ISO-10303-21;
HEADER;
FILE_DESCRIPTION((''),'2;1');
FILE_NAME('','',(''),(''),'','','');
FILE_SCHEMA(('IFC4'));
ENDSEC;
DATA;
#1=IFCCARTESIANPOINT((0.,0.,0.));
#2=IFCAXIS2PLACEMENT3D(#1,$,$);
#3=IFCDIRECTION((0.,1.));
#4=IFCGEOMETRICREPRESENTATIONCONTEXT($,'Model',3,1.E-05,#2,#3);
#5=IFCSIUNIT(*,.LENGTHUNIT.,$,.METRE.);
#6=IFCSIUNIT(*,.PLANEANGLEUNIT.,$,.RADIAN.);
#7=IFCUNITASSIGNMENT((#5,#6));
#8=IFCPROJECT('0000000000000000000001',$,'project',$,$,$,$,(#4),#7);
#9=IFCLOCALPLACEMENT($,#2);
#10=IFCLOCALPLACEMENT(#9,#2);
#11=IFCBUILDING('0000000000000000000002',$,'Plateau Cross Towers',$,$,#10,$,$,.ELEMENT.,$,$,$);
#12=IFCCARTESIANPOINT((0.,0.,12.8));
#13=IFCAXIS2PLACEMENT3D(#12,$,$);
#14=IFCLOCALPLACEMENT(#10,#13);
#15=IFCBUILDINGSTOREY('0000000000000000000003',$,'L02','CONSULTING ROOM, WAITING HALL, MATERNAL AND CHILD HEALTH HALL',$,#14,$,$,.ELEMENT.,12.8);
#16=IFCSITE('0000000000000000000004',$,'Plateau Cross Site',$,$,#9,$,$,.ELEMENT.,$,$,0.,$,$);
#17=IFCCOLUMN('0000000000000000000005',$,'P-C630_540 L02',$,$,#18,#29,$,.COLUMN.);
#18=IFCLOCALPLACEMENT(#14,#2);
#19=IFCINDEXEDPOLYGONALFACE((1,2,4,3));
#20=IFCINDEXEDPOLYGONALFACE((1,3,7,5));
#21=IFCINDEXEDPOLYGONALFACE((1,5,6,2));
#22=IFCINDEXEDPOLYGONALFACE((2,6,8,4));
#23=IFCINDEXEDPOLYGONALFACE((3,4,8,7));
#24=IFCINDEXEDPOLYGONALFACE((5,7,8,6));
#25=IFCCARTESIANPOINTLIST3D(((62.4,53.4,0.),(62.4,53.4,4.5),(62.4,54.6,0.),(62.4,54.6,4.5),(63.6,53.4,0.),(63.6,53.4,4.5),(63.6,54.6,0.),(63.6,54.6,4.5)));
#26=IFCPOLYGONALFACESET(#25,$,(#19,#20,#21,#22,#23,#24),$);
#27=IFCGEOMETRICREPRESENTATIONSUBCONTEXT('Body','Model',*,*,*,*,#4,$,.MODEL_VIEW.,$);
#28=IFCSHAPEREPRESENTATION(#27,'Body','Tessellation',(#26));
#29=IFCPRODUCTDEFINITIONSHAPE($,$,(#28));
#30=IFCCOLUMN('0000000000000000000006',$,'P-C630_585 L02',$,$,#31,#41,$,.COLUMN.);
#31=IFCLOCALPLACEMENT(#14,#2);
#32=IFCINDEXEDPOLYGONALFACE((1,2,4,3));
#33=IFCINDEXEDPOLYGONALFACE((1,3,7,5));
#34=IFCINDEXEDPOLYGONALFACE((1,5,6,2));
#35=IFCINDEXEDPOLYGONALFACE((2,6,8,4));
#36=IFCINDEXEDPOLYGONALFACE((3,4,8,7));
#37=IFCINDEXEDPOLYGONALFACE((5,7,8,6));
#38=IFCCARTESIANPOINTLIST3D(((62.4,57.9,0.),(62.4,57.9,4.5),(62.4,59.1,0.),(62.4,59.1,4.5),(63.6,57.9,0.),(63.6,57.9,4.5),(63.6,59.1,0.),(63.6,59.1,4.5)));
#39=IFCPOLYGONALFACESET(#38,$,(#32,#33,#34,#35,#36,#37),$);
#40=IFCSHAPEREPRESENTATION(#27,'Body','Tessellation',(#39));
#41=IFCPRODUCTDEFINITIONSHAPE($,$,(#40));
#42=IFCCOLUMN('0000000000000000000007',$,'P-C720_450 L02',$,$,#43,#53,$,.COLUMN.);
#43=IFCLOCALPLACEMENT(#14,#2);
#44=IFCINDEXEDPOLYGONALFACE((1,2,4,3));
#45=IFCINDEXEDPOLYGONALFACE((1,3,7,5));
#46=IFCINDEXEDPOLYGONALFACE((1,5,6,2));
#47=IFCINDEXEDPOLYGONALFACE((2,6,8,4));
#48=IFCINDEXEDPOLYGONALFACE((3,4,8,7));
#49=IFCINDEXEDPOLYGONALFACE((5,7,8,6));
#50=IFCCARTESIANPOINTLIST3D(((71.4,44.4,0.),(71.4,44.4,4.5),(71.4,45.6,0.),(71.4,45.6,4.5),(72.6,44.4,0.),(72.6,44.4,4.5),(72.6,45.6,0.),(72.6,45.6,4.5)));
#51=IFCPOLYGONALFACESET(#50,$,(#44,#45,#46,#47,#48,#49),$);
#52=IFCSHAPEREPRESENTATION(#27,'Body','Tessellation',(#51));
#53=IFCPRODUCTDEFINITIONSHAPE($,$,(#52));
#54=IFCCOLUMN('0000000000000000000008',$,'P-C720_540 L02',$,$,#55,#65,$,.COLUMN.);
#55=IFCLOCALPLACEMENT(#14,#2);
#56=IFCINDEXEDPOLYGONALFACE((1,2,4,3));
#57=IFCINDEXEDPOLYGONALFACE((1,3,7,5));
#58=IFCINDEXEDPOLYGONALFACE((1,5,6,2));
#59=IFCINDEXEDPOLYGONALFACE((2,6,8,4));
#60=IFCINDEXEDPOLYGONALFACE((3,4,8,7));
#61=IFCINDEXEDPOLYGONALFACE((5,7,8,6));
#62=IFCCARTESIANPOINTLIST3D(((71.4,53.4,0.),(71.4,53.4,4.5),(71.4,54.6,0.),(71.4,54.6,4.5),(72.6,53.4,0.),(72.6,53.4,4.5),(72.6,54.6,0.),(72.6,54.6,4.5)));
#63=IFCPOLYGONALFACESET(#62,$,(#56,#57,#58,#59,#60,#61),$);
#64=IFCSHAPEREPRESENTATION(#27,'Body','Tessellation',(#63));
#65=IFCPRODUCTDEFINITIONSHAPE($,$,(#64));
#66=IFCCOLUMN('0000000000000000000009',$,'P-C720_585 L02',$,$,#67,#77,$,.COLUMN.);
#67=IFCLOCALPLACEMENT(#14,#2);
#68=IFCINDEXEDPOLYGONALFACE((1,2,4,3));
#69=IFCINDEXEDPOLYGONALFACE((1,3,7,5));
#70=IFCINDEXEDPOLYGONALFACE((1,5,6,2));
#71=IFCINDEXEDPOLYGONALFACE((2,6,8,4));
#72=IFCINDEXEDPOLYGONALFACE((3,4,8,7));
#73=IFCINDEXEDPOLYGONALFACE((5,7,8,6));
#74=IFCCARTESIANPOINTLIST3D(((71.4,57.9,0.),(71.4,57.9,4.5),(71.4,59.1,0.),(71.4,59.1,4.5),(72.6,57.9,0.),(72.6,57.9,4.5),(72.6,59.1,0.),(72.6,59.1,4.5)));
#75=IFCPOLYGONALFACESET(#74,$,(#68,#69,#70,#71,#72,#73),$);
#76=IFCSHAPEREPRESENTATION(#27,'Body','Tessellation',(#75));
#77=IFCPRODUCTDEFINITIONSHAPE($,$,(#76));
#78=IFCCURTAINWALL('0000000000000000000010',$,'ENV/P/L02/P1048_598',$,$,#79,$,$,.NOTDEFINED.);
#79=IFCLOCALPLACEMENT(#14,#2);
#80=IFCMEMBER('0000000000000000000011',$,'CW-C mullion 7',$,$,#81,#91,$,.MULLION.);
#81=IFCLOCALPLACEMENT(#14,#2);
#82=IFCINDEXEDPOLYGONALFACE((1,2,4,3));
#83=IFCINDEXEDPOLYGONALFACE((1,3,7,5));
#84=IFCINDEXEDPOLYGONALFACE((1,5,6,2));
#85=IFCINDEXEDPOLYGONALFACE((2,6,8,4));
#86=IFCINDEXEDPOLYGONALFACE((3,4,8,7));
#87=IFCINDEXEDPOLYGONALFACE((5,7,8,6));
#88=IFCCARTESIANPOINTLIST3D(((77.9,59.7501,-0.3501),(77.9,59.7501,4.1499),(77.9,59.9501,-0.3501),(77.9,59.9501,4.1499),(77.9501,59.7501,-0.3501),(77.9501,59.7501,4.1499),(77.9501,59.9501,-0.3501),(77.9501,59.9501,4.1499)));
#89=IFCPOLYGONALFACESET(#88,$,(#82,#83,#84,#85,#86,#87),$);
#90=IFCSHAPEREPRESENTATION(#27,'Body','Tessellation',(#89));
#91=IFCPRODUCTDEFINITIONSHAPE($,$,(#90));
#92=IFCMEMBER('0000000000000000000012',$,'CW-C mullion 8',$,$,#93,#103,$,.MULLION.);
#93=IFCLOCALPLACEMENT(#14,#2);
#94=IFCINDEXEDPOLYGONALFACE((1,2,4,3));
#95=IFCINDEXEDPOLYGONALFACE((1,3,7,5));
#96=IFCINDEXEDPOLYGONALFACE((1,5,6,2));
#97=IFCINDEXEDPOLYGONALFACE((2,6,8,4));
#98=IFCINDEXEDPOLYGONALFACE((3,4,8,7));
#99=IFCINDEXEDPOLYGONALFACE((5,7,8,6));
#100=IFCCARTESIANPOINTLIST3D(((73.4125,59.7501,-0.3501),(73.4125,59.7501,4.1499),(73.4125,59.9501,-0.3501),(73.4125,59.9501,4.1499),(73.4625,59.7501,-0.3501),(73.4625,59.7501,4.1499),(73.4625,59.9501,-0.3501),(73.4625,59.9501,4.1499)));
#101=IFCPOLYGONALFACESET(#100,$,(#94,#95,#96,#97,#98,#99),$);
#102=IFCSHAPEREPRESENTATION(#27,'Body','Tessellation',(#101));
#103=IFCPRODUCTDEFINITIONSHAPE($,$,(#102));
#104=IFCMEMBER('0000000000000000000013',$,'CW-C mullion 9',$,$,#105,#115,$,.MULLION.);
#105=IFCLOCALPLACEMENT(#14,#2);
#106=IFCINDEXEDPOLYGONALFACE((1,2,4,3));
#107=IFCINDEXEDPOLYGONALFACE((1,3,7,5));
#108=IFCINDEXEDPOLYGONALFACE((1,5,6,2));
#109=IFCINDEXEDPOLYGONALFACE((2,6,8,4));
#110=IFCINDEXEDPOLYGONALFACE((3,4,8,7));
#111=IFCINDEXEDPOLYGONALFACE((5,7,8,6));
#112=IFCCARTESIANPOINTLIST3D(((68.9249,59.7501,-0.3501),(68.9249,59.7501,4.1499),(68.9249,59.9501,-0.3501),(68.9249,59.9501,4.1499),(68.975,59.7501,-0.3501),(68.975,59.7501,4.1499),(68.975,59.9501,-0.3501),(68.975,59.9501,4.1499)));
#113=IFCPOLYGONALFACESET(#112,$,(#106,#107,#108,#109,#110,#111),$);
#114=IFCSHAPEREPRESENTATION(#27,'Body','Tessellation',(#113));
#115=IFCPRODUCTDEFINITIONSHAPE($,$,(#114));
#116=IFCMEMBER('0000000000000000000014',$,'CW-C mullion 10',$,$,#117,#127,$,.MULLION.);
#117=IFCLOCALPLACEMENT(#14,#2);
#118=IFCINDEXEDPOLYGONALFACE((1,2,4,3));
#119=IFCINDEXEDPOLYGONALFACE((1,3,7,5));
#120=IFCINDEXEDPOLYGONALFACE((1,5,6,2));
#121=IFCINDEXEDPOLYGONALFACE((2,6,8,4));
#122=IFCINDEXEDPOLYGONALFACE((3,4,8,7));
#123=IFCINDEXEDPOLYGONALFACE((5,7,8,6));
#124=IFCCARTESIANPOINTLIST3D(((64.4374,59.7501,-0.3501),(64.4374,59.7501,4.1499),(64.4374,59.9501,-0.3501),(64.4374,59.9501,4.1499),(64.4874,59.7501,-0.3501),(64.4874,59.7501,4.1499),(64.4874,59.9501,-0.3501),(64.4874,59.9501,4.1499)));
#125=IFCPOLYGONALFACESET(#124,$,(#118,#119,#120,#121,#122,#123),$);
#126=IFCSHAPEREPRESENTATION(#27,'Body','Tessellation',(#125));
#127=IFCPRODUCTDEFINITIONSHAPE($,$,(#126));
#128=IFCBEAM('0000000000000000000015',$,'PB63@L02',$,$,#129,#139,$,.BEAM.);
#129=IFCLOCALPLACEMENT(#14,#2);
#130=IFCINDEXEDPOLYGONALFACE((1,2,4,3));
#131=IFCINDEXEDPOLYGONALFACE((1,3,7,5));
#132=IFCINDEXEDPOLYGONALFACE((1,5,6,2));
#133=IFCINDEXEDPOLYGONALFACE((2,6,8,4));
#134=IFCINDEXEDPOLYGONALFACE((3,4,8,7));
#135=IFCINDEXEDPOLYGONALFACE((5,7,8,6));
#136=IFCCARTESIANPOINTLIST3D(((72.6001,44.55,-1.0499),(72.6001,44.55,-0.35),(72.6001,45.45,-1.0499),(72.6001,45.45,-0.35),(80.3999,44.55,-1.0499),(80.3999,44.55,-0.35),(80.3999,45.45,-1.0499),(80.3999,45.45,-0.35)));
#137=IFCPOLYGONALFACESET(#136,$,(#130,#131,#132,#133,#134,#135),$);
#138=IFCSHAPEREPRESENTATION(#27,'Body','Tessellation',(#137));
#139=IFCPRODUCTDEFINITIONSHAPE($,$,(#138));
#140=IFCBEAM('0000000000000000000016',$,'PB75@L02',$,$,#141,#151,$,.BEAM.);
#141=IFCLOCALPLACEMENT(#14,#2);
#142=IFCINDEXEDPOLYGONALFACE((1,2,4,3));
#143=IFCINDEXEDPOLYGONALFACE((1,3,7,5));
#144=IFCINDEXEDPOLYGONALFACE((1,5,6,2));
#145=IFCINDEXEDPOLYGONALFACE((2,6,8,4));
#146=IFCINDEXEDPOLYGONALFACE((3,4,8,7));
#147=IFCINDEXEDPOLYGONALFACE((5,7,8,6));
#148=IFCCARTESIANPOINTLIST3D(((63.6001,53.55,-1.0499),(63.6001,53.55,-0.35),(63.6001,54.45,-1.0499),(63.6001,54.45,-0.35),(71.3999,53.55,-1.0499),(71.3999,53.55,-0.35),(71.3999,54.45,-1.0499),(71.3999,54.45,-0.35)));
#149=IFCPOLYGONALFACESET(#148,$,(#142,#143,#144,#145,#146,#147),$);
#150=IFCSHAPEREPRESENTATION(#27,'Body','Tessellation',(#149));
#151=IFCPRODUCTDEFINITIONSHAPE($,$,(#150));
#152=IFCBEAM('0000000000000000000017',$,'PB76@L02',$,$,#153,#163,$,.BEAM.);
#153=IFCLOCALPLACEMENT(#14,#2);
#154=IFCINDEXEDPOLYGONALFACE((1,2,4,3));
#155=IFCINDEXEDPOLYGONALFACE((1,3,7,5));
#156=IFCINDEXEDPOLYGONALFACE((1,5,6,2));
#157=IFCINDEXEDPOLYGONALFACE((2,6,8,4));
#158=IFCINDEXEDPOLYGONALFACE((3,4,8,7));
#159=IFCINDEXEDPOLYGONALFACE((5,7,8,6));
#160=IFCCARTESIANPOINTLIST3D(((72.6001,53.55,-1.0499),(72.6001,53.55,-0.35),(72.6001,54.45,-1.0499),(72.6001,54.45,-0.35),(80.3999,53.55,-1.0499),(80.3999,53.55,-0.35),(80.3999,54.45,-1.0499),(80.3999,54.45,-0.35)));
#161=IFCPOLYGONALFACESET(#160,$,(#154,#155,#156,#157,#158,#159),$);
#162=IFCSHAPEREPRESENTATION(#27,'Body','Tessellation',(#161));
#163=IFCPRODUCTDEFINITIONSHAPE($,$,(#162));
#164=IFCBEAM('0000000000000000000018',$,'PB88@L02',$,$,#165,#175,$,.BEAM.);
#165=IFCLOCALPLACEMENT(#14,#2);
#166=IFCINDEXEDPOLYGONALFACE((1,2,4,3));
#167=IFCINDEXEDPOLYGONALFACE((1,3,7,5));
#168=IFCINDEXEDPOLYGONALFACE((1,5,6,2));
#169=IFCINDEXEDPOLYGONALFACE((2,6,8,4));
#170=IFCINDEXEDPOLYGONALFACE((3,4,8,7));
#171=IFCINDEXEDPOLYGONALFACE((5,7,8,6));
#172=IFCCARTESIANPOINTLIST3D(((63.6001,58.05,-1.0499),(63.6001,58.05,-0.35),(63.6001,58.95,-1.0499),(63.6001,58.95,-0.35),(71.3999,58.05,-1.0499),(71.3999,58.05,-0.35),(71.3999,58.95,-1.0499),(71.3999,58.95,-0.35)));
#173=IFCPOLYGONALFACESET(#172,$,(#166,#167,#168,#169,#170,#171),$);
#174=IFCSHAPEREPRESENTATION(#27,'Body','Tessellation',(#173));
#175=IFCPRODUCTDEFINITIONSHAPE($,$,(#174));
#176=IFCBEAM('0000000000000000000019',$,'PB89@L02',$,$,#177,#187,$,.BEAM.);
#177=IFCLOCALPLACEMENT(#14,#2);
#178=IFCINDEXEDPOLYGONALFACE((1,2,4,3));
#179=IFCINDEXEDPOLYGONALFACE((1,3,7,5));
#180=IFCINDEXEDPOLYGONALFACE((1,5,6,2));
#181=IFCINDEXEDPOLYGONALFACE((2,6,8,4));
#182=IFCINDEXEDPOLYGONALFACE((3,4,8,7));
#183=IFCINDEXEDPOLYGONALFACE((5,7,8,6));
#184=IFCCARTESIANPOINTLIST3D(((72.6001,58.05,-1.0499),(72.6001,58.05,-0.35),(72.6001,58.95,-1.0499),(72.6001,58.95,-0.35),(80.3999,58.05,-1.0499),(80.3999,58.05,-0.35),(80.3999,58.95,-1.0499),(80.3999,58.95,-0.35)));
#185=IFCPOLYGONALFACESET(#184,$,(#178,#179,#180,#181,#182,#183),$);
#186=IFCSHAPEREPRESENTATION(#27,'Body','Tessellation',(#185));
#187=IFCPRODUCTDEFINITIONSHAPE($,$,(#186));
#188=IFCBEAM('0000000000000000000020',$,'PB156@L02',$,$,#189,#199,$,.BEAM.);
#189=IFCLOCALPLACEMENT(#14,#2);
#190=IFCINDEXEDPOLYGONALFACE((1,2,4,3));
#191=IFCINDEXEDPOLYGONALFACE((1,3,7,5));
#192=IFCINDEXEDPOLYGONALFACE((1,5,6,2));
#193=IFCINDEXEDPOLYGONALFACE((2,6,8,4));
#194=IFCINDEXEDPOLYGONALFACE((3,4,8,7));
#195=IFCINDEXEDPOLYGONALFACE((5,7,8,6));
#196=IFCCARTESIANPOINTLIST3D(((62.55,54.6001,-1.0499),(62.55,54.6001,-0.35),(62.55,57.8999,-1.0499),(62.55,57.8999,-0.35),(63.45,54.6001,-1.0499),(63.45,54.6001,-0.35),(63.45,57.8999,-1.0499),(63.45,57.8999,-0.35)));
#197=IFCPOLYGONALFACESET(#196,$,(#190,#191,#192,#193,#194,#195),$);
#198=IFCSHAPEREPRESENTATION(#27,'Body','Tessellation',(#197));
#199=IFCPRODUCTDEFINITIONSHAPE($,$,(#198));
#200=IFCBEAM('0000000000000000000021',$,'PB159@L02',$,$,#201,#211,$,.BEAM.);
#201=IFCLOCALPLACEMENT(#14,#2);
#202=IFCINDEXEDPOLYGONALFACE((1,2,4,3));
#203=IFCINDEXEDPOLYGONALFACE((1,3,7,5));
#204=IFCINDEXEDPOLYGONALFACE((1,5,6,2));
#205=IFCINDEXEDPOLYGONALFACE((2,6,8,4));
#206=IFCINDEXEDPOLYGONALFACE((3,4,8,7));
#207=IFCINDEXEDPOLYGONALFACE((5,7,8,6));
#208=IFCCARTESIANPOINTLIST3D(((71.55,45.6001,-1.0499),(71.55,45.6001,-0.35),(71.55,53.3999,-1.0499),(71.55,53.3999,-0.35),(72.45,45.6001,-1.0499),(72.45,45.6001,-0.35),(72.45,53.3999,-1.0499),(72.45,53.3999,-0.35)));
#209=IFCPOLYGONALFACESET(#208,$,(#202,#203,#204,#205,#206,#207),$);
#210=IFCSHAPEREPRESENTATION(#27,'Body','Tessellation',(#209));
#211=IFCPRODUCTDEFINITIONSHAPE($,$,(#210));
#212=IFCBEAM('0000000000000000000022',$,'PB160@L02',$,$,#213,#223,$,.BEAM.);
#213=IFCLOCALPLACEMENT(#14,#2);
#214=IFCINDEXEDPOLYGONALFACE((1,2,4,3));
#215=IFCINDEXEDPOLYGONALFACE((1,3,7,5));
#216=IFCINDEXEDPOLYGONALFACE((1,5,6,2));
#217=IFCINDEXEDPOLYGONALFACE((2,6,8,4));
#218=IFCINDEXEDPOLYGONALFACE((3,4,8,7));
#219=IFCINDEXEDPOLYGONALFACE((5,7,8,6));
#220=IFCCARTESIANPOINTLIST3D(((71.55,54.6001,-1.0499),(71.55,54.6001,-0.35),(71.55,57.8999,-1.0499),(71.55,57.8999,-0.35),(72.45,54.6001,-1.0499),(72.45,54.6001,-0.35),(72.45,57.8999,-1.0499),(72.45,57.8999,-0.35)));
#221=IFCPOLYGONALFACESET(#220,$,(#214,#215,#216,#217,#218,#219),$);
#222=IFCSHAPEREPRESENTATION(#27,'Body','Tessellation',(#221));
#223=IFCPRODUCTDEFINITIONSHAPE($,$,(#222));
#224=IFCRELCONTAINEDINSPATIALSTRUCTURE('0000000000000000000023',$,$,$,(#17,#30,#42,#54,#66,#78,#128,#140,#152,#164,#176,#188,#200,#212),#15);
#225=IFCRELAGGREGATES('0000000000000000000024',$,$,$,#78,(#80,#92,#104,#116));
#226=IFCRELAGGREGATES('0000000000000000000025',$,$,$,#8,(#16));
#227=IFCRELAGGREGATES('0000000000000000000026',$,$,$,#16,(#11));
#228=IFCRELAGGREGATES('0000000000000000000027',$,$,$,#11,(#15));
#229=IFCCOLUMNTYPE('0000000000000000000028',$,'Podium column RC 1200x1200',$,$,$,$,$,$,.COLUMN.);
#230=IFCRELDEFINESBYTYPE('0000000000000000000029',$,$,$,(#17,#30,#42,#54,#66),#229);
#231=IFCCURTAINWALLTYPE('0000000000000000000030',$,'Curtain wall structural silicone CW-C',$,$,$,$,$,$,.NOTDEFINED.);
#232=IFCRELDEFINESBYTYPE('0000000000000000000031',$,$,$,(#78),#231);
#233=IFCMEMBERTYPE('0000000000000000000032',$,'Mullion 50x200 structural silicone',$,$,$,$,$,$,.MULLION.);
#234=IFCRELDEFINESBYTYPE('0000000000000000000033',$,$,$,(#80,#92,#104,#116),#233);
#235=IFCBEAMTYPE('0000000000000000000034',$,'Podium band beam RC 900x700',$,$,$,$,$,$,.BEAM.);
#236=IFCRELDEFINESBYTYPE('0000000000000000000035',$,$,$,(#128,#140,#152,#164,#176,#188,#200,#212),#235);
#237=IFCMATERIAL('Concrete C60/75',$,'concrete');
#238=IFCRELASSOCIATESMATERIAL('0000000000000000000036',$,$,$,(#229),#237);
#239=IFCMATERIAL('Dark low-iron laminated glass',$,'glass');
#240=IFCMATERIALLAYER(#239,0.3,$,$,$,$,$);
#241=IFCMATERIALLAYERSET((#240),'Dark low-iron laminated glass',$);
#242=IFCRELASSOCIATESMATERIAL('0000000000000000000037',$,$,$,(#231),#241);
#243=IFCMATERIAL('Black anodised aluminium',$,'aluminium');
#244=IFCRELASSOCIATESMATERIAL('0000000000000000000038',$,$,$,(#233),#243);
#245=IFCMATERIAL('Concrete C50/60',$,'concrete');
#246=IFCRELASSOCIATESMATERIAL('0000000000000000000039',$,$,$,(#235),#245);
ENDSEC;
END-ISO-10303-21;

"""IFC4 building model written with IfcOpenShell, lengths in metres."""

from ifc_helpers import new_model, si_unit, direction, frame, origin, origin_2d, place, context, subcontext, project, spatial, rectangle, extrude, material, layer, layer_set, material_profile, profile_set, type_object, element, aggregate, save


model = new_model("IFC4")

# Units and contexts
model_context = context("Model", 3, precision=1e-05, world=origin(), true_north=direction((0.0, 1.0)))
body_context = subcontext(model_context, "Body", "Model", "MODEL_VIEW")
ifc_project = project(units=[si_unit("LENGTHUNIT", "METRE"), si_unit("PLANEANGLEUNIT", "RADIAN")], contexts=[model_context])

# Site, building, storey
site_placement = place(None, origin())
site = spatial("IfcSite", under=ifc_project, at=site_placement, Name="Plateau Cross Site", CompositionType="ELEMENT", RefElevation=0.0)
building_placement = place(site_placement, origin())
building = spatial("IfcBuilding", under=site, at=building_placement, Name="Plateau Cross Towers", CompositionType="ELEMENT")
storey_placement = place(building_placement, frame((0.0, 0.0, 12.8)))
storey = spatial("IfcBuildingStorey", under=building, at=storey_placement, Name="L02", Description="CONSULTING ROOM, WAITING HALL, MATERNAL AND CHILD HEALTH HALL", CompositionType="ELEMENT", Elevation=12.8)

# Columns
ifc_material_1 = material(Name="Concrete C60/75", Category="concrete")
ifc_material_profile_1 = material_profile(ifc_material_1, rectangle(XDim=1.2, YDim=1.2, at=origin_2d()), Name="RC 1200x1200")
ifc_profile_set_1 = profile_set([ifc_material_profile_1], Name="Concrete C60/75")
column_type = type_object("IfcColumnType", Name="Podium column RC 1200x1200", PredefinedType="COLUMN", material=ifc_profile_set_1)
for number, where, z_axis, x_axis, name in (
    (1, (63.0, 54.0, 0.0), (0.0, 0.0, 1.0), (1.0, 0.0, 0.0), "P-C630_540 L02"),
    (2, (63.0, 58.5, 0.0), (0.0, 0.0, 1.0), (1.0, 0.0, 0.0), "P-C630_585 L02"),
    (3, (72.0, 45.0, 0.0), (0.0, 0.0, 1.0), (1.0, 0.0, 0.0), "P-C720_450 L02"),
    (4, (72.0, 54.0, 0.0), (0.0, 0.0, 1.0), (1.0, 0.0, 0.0), "P-C720_540 L02"),
    (5, (72.0, 58.5, 0.0), (0.0, 0.0, 1.0), (1.0, 0.0, 0.0), "P-C720_585 L02"),
):
    element("IfcColumn", number, at=place(storey_placement, frame(where, z_axis=z_axis, x_axis=x_axis)), inside=storey, type_object=column_type, Name=name, PredefinedType="COLUMN", context=body_context, shape_type="SweptSolid", body=[
        extrude(rectangle(XDim=1.2, YDim=1.2, at=origin_2d()), origin(), (0.0, 0.0, 1.0), 4.5),
    ])

# Curtain wall, members
ifc_material_2 = material(Name="Dark low-iron laminated glass", Category="glass")
ifc_layer_1 = layer(ifc_material_2, 0.3)
ifc_layer_set_1 = layer_set([ifc_layer_1], Name="Dark low-iron laminated glass")
curtain_wall_type = type_object("IfcCurtainWallType", Name="Curtain wall structural silicone CW-C", PredefinedType="NOTDEFINED", material=ifc_layer_set_1)
curtain_wall_placement = place(storey_placement, origin())
curtain_wall = element("IfcCurtainWall", 6, at=curtain_wall_placement, inside=storey, type_object=curtain_wall_type, Name="ENV/P/L02/P1048_598", PredefinedType="NOTDEFINED")
ifc_material_3 = material(Name="Black anodised aluminium", Category="aluminium")
ifc_material_profile_2 = material_profile(ifc_material_3, rectangle(XDim=0.05, YDim=0.2, at=origin_2d()), Name="MULLION 50x200")
ifc_profile_set_2 = profile_set([ifc_material_profile_2], Name="Black anodised aluminium")
member_type = type_object("IfcMemberType", Name="Mullion 50x200 structural silicone", PredefinedType="MULLION", material=ifc_profile_set_2)
member_1_placement = place(storey_placement, frame((77.925, 59.8501, -0.3501), z_axis=(0.0, 0.0, 1.0), x_axis=(-1.0, 0.0, 0.0)))
member_1 = element("IfcMember", 7, at=member_1_placement, type_object=member_type, Name="CW-C mullion 7", PredefinedType="MULLION", context=body_context, shape_type="SweptSolid", body=[
    extrude(rectangle(XDim=0.05, YDim=0.2, at=origin_2d()), origin(), (0.0, 0.0, 1.0), 4.5),
])
member_2_placement = place(storey_placement, frame((73.4375, 59.8501, -0.3501), z_axis=(0.0, 0.0, 1.0), x_axis=(-1.0, 0.0, 0.0)))
member_2 = element("IfcMember", 8, at=member_2_placement, type_object=member_type, Name="CW-C mullion 8", PredefinedType="MULLION", context=body_context, shape_type="SweptSolid", body=[
    extrude(rectangle(XDim=0.05, YDim=0.2, at=origin_2d()), origin(), (0.0, 0.0, 1.0), 4.5),
])
member_3_placement = place(storey_placement, frame((68.95, 59.8501, -0.3501), z_axis=(0.0, 0.0, 1.0), x_axis=(-1.0, 0.0, 0.0)))
member_3 = element("IfcMember", 9, at=member_3_placement, type_object=member_type, Name="CW-C mullion 9", PredefinedType="MULLION", context=body_context, shape_type="SweptSolid", body=[
    extrude(rectangle(XDim=0.05, YDim=0.2, at=origin_2d()), origin(), (0.0, 0.0, 1.0), 4.5),
])
member_4_placement = place(storey_placement, frame((64.4624, 59.8501, -0.3501), z_axis=(0.0, 0.0, 1.0), x_axis=(-1.0, 0.0, 0.0)))
member_4 = element("IfcMember", 10, at=member_4_placement, type_object=member_type, Name="CW-C mullion 10", PredefinedType="MULLION", context=body_context, shape_type="SweptSolid", body=[
    extrude(rectangle(XDim=0.05, YDim=0.2, at=origin_2d()), origin(), (0.0, 0.0, 1.0), 4.5),
])

# Beams
ifc_material_4 = material(Name="Concrete C50/60", Category="concrete")
ifc_material_profile_3 = material_profile(ifc_material_4, rectangle(XDim=0.8999, YDim=0.7, at=origin_2d()), Name="RC 900x700")
ifc_profile_set_3 = profile_set([ifc_material_profile_3], Name="Concrete C50/60")
beam_type = type_object("IfcBeamType", Name="Podium band beam RC 900x700", PredefinedType="BEAM", material=ifc_profile_set_3)
for number, where, z_axis, x_axis, name in (
    (11, (72.6001, 45.0, -0.7), (1.0, 0.0, 0.0), (0.0, 1.0, 0.0), "PB63@L02"),
    (12, (63.6001, 54.0, -0.7), (1.0, 0.0, 0.0), (0.0, 1.0, 0.0), "PB75@L02"),
    (13, (72.6001, 54.0, -0.7), (1.0, 0.0, 0.0), (0.0, 1.0, 0.0), "PB76@L02"),
    (14, (63.6001, 58.5, -0.7), (1.0, 0.0, 0.0), (0.0, 1.0, 0.0), "PB88@L02"),
    (15, (72.6001, 58.5, -0.7), (1.0, 0.0, 0.0), (0.0, 1.0, 0.0), "PB89@L02"),
):
    element("IfcBeam", number, at=place(storey_placement, frame(where, z_axis=z_axis, x_axis=x_axis)), inside=storey, type_object=beam_type, Name=name, PredefinedType="BEAM", context=body_context, shape_type="SweptSolid", body=[
        extrude(rectangle(XDim=0.8999, YDim=0.7, at=origin_2d()), origin(), (0.0, 0.0, 1.0), 7.7998),
    ])
beam_1_placement = place(storey_placement, frame((63.0, 54.6001, -0.7), z_axis=(0.0, 1.0, 0.0), x_axis=(-1.0, 0.0, 0.0)))
element("IfcBeam", 16, at=beam_1_placement, inside=storey, type_object=beam_type, Name="PB156@L02", PredefinedType="BEAM", context=body_context, shape_type="SweptSolid", body=[
    extrude(rectangle(XDim=0.8999, YDim=0.7, at=origin_2d()), origin(), (0.0, 0.0, 1.0), 3.2998),
])
beam_2_placement = place(storey_placement, frame((72.0, 45.6001, -0.7), z_axis=(0.0, 1.0, 0.0), x_axis=(-1.0, 0.0, 0.0)))
element("IfcBeam", 17, at=beam_2_placement, inside=storey, type_object=beam_type, Name="PB159@L02", PredefinedType="BEAM", context=body_context, shape_type="SweptSolid", body=[
    extrude(rectangle(XDim=0.8999, YDim=0.7, at=origin_2d()), origin(), (0.0, 0.0, 1.0), 7.7998),
])
beam_3_placement = place(storey_placement, frame((72.0, 54.6001, -0.7), z_axis=(0.0, 1.0, 0.0), x_axis=(-1.0, 0.0, 0.0)))
element("IfcBeam", 18, at=beam_3_placement, inside=storey, type_object=beam_type, Name="PB160@L02", PredefinedType="BEAM", context=body_context, shape_type="SweptSolid", body=[
    extrude(rectangle(XDim=0.8999, YDim=0.7, at=origin_2d()), origin(), (0.0, 0.0, 1.0), 3.2998),
])

aggregate(curtain_wall, [member_1, member_2, member_3, member_4])

save(model, "model.ifc")
